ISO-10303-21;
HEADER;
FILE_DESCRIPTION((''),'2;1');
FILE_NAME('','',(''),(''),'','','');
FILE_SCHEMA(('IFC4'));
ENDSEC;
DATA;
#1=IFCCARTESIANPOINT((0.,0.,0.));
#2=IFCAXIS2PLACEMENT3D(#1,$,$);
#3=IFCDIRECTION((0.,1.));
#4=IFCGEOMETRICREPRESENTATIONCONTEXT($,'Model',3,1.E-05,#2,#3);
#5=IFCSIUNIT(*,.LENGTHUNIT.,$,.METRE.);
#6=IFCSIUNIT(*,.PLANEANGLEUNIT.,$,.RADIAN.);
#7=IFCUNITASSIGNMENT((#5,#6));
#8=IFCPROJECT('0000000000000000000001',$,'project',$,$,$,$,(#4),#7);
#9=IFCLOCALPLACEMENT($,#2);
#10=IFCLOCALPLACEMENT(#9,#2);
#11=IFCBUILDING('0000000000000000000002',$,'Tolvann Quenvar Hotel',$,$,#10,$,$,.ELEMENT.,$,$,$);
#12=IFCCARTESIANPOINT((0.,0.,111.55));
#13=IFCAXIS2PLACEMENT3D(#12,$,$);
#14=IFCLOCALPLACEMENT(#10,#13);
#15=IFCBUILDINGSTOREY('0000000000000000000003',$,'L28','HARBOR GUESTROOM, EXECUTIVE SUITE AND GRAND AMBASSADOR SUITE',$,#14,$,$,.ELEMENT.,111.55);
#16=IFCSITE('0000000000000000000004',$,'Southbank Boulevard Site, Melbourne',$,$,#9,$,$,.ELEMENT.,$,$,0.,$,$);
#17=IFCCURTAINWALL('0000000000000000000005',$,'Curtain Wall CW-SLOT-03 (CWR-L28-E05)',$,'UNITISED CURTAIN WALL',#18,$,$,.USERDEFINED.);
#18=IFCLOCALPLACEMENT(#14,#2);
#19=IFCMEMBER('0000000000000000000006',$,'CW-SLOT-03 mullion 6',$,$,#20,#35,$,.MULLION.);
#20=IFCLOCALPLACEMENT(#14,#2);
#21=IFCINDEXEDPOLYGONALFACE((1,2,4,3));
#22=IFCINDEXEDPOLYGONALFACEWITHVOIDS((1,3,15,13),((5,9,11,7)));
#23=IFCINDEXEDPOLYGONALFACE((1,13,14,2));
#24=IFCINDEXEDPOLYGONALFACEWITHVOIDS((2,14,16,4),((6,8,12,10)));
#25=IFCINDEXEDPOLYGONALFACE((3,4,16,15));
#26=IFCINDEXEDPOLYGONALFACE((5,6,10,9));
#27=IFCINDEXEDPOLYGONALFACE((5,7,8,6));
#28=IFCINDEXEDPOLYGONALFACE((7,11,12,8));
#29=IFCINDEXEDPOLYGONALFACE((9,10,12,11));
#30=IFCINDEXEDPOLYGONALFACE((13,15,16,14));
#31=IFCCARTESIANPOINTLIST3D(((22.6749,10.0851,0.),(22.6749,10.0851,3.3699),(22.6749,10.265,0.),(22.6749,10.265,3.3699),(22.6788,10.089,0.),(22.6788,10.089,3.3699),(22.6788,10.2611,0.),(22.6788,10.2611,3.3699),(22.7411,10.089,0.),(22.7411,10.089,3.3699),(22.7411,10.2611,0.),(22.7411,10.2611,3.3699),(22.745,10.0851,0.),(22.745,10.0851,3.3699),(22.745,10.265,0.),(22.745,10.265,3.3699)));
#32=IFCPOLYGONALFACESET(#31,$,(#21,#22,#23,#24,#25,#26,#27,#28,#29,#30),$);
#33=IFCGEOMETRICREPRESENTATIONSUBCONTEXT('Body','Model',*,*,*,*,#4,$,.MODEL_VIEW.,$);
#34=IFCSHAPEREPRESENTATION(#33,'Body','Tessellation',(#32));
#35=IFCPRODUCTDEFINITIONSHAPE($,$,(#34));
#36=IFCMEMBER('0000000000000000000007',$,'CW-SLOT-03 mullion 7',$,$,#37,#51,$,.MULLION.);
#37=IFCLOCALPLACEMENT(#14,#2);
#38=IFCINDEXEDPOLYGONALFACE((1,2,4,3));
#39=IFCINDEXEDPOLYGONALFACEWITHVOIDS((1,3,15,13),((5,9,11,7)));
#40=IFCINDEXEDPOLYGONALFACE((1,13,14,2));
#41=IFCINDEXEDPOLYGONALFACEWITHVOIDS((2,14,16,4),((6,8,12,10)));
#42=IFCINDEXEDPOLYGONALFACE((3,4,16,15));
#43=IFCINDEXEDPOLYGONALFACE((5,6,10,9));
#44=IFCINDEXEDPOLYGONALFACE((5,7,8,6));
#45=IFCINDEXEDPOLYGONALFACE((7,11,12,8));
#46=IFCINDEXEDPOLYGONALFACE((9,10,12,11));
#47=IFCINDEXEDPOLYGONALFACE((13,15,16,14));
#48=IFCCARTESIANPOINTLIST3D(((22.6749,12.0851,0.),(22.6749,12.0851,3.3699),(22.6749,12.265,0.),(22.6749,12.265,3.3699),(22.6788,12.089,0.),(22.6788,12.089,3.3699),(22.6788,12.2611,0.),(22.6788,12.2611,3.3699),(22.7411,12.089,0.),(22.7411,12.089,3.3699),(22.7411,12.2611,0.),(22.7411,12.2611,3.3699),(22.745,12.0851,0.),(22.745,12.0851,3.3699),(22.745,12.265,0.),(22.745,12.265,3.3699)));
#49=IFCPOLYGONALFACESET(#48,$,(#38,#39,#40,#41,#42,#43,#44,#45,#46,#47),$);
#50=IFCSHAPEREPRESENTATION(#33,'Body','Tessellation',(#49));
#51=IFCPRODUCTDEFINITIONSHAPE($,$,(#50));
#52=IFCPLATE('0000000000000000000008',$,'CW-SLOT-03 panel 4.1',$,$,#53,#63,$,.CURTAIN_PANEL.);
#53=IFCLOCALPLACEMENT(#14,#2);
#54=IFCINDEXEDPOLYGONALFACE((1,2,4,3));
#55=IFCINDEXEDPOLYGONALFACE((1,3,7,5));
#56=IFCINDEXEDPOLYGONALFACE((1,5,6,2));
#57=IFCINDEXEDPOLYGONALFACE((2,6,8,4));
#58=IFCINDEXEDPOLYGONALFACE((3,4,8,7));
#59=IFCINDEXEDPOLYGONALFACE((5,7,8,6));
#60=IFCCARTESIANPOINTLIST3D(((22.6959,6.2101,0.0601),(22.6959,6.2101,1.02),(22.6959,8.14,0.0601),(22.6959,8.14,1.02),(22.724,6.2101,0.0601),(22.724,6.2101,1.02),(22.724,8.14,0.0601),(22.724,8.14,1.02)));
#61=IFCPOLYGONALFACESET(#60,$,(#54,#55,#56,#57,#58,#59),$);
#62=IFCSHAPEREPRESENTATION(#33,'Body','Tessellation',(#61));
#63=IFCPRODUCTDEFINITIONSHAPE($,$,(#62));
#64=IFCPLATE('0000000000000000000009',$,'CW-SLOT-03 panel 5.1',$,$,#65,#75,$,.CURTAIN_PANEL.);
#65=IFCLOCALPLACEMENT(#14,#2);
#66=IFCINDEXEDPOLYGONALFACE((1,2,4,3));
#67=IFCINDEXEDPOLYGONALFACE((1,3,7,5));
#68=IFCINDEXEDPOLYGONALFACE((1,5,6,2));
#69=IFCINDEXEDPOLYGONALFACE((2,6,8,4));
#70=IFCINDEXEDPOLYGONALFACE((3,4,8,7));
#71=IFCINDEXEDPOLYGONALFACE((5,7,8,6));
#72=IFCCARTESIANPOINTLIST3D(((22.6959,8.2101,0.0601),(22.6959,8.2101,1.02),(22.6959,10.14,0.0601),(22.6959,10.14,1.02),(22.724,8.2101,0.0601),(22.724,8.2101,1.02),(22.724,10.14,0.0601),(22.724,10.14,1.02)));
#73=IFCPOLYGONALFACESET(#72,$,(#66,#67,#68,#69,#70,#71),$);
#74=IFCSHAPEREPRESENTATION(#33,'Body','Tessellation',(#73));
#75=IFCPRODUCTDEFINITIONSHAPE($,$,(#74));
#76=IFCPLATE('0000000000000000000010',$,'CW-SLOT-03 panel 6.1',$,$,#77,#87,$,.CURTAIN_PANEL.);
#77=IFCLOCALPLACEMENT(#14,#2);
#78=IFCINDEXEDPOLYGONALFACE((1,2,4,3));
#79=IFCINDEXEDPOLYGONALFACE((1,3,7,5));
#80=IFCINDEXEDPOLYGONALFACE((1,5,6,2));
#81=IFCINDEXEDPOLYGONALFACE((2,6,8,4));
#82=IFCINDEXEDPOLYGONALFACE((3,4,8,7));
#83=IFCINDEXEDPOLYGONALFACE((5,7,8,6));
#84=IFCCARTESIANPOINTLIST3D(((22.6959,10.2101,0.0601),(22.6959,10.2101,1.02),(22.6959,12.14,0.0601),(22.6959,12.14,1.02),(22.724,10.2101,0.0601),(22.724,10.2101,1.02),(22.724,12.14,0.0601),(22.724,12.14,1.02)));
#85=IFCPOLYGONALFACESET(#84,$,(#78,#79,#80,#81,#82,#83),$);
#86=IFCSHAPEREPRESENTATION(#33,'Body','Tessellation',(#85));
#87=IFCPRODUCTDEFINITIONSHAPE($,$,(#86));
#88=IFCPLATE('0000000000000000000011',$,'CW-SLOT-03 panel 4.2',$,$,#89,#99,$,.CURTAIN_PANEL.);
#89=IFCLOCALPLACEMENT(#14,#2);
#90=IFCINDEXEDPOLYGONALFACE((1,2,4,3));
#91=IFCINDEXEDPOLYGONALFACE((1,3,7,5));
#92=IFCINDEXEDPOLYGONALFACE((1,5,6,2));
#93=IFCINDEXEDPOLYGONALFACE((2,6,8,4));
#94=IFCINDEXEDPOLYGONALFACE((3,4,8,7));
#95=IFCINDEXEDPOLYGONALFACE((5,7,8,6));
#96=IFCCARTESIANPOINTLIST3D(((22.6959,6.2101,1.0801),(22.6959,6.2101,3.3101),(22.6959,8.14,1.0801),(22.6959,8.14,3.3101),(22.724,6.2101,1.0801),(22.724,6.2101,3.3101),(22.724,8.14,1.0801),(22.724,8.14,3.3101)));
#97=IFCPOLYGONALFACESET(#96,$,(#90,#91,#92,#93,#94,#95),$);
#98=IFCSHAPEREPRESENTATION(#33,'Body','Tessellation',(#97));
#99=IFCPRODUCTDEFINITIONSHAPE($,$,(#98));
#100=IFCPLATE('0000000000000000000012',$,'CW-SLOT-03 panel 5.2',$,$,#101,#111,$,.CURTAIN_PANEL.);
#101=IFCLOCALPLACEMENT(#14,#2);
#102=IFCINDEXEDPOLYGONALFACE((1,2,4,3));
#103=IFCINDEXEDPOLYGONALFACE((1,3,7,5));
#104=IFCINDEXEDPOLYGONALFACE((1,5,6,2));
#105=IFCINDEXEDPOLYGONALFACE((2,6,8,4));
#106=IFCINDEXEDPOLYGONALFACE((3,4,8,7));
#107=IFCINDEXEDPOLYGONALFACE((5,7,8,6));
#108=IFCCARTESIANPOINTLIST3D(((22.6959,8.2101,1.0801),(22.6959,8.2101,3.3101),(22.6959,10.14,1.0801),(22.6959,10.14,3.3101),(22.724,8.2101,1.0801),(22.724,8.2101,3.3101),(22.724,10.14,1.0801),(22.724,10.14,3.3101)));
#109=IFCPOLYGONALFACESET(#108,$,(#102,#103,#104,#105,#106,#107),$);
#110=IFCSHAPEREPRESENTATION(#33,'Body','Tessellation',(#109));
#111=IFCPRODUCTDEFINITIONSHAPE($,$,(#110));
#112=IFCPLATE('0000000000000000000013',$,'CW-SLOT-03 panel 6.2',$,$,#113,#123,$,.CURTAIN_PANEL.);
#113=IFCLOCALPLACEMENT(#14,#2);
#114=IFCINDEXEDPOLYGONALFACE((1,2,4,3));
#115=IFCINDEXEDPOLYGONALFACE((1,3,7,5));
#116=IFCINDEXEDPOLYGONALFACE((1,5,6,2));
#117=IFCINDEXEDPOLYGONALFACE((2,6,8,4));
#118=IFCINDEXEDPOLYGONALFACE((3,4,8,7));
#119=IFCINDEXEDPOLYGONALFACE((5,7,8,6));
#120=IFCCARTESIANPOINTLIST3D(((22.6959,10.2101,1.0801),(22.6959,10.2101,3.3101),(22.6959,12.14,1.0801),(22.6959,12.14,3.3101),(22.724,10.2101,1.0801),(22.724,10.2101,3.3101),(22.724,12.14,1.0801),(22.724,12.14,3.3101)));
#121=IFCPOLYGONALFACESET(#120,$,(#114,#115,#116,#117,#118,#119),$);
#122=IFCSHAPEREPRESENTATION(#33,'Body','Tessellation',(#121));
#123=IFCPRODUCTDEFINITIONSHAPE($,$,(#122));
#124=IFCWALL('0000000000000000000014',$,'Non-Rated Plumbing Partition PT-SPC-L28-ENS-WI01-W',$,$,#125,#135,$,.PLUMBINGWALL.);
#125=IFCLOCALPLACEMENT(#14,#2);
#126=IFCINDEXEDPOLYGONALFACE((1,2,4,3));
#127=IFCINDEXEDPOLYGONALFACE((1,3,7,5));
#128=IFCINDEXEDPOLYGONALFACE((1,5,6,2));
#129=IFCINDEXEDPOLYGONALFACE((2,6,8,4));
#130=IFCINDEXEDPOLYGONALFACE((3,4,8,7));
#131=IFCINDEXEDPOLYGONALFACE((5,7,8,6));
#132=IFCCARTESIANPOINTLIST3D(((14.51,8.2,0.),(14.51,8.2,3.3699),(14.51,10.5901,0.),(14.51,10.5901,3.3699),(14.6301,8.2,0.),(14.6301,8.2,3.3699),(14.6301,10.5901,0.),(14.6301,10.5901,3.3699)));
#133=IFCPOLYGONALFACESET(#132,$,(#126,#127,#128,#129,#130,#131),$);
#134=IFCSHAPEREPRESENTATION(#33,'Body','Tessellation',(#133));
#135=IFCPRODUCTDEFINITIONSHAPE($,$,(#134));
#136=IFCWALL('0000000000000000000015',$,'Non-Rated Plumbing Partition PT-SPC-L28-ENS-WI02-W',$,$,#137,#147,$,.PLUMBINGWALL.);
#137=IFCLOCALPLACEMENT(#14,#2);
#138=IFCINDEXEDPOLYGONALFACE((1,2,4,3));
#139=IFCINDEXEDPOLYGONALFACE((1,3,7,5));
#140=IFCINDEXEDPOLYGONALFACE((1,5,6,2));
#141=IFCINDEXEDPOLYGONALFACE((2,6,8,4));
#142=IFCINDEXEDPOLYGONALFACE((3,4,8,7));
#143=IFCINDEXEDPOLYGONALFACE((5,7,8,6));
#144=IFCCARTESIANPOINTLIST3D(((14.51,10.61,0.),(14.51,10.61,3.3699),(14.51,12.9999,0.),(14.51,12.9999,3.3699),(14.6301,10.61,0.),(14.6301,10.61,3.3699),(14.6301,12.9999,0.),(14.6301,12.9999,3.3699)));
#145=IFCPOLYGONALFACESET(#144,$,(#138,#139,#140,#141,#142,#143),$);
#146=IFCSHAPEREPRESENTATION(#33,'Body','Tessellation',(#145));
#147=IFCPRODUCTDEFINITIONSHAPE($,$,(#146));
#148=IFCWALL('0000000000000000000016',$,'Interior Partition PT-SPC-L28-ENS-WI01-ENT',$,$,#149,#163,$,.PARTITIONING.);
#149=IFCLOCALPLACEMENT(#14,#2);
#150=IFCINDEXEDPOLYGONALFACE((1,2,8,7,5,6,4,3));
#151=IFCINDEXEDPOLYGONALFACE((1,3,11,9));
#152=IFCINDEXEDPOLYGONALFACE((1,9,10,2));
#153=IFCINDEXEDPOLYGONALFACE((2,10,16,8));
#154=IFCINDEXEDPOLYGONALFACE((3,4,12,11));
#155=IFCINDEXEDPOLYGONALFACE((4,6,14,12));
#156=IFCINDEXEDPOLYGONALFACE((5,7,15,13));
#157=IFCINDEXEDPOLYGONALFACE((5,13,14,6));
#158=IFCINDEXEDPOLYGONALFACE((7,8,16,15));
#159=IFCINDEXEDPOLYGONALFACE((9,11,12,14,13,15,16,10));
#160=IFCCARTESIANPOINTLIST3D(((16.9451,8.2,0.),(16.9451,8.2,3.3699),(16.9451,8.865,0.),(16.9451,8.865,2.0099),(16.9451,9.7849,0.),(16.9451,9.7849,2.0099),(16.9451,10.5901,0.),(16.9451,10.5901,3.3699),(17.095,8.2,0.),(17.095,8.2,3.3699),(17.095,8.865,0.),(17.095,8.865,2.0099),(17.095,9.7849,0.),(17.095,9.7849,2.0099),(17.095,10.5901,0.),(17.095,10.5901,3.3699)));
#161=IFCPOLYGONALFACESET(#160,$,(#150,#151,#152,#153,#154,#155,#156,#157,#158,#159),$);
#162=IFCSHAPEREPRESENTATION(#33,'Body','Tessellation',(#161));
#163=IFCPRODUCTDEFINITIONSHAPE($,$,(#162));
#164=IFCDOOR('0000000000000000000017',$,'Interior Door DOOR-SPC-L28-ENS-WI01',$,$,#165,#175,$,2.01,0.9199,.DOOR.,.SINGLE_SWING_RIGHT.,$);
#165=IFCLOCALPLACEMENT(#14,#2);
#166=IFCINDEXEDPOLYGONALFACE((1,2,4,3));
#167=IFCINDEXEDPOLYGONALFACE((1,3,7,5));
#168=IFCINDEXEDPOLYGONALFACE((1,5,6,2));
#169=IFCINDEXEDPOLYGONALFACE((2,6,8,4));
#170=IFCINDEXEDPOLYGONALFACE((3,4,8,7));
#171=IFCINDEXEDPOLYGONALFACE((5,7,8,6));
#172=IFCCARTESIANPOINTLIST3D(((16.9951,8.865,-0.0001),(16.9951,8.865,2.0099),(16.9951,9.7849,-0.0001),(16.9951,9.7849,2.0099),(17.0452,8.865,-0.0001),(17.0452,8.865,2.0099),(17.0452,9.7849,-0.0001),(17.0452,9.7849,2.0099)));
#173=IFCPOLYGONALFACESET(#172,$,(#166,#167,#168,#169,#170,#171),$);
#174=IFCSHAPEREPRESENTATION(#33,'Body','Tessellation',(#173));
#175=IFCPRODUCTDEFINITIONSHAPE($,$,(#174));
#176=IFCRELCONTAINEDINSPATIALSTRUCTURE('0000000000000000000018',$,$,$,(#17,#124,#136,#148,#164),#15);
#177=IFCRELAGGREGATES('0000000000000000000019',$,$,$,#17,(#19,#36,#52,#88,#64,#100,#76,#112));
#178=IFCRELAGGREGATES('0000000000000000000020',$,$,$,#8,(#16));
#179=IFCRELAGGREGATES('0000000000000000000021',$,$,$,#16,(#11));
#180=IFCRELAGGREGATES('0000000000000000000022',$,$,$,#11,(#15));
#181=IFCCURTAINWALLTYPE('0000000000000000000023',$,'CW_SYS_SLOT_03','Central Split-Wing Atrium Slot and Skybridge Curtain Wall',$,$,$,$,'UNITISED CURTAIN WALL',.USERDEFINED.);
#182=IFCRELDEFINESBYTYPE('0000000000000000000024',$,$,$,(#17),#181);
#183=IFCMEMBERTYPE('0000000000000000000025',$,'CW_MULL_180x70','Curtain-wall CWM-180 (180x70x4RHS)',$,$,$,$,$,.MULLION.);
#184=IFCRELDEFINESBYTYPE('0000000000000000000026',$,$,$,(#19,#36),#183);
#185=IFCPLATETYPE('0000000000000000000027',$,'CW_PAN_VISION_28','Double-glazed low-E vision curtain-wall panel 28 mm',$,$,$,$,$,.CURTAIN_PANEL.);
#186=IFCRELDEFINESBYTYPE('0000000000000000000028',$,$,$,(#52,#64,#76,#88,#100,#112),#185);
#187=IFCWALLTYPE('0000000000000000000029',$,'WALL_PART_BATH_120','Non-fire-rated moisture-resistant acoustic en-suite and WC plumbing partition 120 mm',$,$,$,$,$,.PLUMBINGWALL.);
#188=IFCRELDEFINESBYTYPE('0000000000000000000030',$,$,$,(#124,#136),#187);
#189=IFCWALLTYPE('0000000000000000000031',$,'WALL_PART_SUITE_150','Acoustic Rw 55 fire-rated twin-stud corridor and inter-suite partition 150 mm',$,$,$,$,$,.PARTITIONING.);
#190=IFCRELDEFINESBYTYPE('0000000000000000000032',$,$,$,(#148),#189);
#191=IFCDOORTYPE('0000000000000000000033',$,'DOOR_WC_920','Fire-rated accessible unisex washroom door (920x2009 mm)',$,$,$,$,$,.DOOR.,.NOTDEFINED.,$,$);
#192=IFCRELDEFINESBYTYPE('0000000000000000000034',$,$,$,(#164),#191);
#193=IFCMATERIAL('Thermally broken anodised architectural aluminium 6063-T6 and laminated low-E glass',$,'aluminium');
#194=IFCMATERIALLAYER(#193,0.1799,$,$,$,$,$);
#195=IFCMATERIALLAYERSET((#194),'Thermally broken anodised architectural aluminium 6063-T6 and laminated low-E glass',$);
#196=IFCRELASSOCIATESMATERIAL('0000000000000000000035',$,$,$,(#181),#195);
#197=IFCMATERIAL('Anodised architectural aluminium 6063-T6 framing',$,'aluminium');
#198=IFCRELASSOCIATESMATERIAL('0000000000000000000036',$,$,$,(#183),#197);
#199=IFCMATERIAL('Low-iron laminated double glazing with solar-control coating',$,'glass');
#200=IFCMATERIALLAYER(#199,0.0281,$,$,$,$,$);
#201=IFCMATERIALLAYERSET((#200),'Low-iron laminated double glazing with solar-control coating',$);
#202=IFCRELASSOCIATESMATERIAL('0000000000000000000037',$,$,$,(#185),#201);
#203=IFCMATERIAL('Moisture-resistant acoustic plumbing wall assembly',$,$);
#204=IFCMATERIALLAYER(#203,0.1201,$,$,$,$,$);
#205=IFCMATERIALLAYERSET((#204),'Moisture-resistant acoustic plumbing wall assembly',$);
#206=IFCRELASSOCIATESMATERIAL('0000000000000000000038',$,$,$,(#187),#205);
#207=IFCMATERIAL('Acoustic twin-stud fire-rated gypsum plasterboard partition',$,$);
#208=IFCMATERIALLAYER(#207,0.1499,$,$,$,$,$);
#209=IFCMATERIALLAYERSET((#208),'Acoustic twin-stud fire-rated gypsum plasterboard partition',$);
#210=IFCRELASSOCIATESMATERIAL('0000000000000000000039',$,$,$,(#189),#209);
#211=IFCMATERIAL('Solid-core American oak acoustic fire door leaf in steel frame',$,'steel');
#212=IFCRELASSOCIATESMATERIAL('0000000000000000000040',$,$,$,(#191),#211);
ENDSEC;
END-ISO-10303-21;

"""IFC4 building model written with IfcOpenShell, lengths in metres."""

from ifc_helpers import new_model, si_unit, direction, frame, frame_2d, origin, origin_2d, place, context, subcontext, project, spatial, rectangle, hollow_rectangle, extrude, source, transform, mapped, material, layer, layer_set, material_profile, profile_set, type_object, type_shapes, element, fill, aggregate, save


model = new_model("IFC4")

# Units and contexts
model_context = context("Model", 3, precision=1e-05, world=origin(), true_north=direction((0.0, 1.0)))
body_context = subcontext(model_context, "Body", "Model", "MODEL_VIEW")
ifc_project = project(units=[si_unit("LENGTHUNIT", "METRE"), si_unit("PLANEANGLEUNIT", "RADIAN")], contexts=[model_context])

# Site, building, storey
site_placement = place(None, origin())
site = spatial("IfcSite", under=ifc_project, at=site_placement, Name="Southbank Boulevard Site, Melbourne", CompositionType="ELEMENT", RefElevation=0.0)
building_placement = place(site_placement, origin())
building = spatial("IfcBuilding", under=site, at=building_placement, Name="Tolvann Quenvar Hotel", CompositionType="ELEMENT")
storey_placement = place(building_placement, frame((0.0, 0.0, 111.55)))
storey = spatial("IfcBuildingStorey", under=building, at=storey_placement, Name="L28", Description="HARBOR GUESTROOM, EXECUTIVE SUITE AND GRAND AMBASSADOR SUITE", CompositionType="ELEMENT", Elevation=111.55)

# Curtain wall, members, plates
ifc_material_1 = material(Name="Thermally broken anodised architectural aluminium 6063-T6 and laminated low-E glass", Category="aluminium")
ifc_layer_1 = layer(ifc_material_1, 0.1799)
ifc_layer_set_1 = layer_set([ifc_layer_1], Name="Thermally broken anodised architectural aluminium 6063-T6 and laminated low-E glass")
curtain_wall_type = type_object("IfcCurtainWallType", Name="CW_SYS_SLOT_03", Description="Central Split-Wing Atrium Slot and Skybridge Curtain Wall", ElementType="UNITISED CURTAIN WALL", PredefinedType="USERDEFINED", material=ifc_layer_set_1)
curtain_wall_placement = place(storey_placement, origin())
curtain_wall = element("IfcCurtainWall", 1, at=curtain_wall_placement, inside=storey, type_object=curtain_wall_type, Name="Curtain Wall CW-SLOT-03 (CWR-L28-E05)", ObjectType="UNITISED CURTAIN WALL", PredefinedType="USERDEFINED")
ifc_material_2 = material(Name="Anodised architectural aluminium 6063-T6 framing", Category="aluminium")
ifc_material_profile_1 = material_profile(ifc_material_2, hollow_rectangle(XDim=0.0701, YDim=0.1799, WallThickness=0.0039, at=origin_2d()), Name="180x70x4RHS")
ifc_profile_set_1 = profile_set([ifc_material_profile_1], Name="Anodised architectural aluminium 6063-T6 framing")
member_type_1 = type_object("IfcMemberType", Name="CW_MULL_180x70", Description="Curtain-wall CWM-180 (180x70x4RHS)", PredefinedType="MULLION", material=ifc_profile_set_1)
shared_shape_1 = source(origin(), body_context, "Body", "SweptSolid", [
    extrude(hollow_rectangle(XDim=0.0701, YDim=0.1799, WallThickness=0.0039, at=origin_2d()), origin(), (0.0, 0.0, 1.0), 3.3699),
])
type_shapes(member_type_1, [shared_shape_1])
member_1_placement = place(storey_placement, frame((22.71, 10.175, 0.0), z_axis=(0.0, 0.0, 1.0), x_axis=(-1.0, 0.0, 0.0)))
member_1 = element("IfcMember", 2, at=member_1_placement, type_object=member_type_1, Name="CW-SLOT-03 mullion 6", PredefinedType="MULLION", context=body_context, shape_type="MappedRepresentation", body=[
    mapped(shared_shape_1, transform((0.0, 0.0, 0.0), x_axis=(1.0, 0.0, 0.0), y_axis=(0.0, 1.0, 0.0), z_axis=(0.0, 0.0, 1.0), scale=1.0)),
])
member_2_placement = place(storey_placement, frame((22.71, 12.175, 0.0), z_axis=(0.0, 0.0, 1.0), x_axis=(-1.0, 0.0, 0.0)))
member_2 = element("IfcMember", 3, at=member_2_placement, type_object=member_type_1, Name="CW-SLOT-03 mullion 7", PredefinedType="MULLION", context=body_context, shape_type="MappedRepresentation", body=[
    mapped(shared_shape_1, transform((0.0, 0.0, 0.0), x_axis=(1.0, 0.0, 0.0), y_axis=(0.0, 1.0, 0.0), z_axis=(0.0, 0.0, 1.0), scale=1.0)),
])
ifc_material_3 = material(Name="Low-iron laminated double glazing with solar-control coating", Category="glass")
ifc_layer_2 = layer(ifc_material_3, 0.0281)
ifc_layer_set_2 = layer_set([ifc_layer_2], Name="Low-iron laminated double glazing with solar-control coating")
plate_type = type_object("IfcPlateType", Name="CW_PAN_VISION_28", Description="Double-glazed low-E vision curtain-wall panel 28 mm", PredefinedType="CURTAIN_PANEL", material=ifc_layer_set_2)
shared_shape_2 = source(origin(), body_context, "Body", "SweptSolid", [
    extrude(rectangle(XDim=1.9299, YDim=0.0281, at=origin_2d()), origin(), (0.0, 0.0, 1.0), 0.96),
])
plate_1_placement = place(storey_placement, frame((22.71, 7.175, 0.0601), z_axis=(0.0, 0.0, 1.0), x_axis=(0.0, 1.0, 0.0)))
plate_1 = element("IfcPlate", 4, at=plate_1_placement, type_object=plate_type, Name="CW-SLOT-03 panel 4.1", PredefinedType="CURTAIN_PANEL", context=body_context, shape_type="MappedRepresentation", body=[
    mapped(shared_shape_2, transform((0.0, 0.0, 0.0), x_axis=(1.0, 0.0, 0.0), y_axis=(0.0, 1.0, 0.0), z_axis=(0.0, 0.0, 1.0), scale=1.0)),
])
plate_2_placement = place(storey_placement, frame((22.71, 9.175, 0.0601), z_axis=(0.0, 0.0, 1.0), x_axis=(0.0, 1.0, 0.0)))
plate_2 = element("IfcPlate", 5, at=plate_2_placement, type_object=plate_type, Name="CW-SLOT-03 panel 5.1", PredefinedType="CURTAIN_PANEL", context=body_context, shape_type="MappedRepresentation", body=[
    mapped(shared_shape_2, transform((0.0, 0.0, 0.0), x_axis=(1.0, 0.0, 0.0), y_axis=(0.0, 1.0, 0.0), z_axis=(0.0, 0.0, 1.0), scale=1.0)),
])
plate_3_placement = place(storey_placement, frame((22.71, 11.175, 0.0601), z_axis=(0.0, 0.0, 1.0), x_axis=(0.0, 1.0, 0.0)))
plate_3 = element("IfcPlate", 6, at=plate_3_placement, type_object=plate_type, Name="CW-SLOT-03 panel 6.1", PredefinedType="CURTAIN_PANEL", context=body_context, shape_type="MappedRepresentation", body=[
    mapped(shared_shape_2, transform((0.0, 0.0, 0.0), x_axis=(1.0, 0.0, 0.0), y_axis=(0.0, 1.0, 0.0), z_axis=(0.0, 0.0, 1.0), scale=1.0)),
])
shared_shape_3 = source(origin(), body_context, "Body", "SweptSolid", [
    extrude(rectangle(XDim=1.9299, YDim=0.0281, at=origin_2d()), origin(), (0.0, 0.0, 1.0), 2.23),
])
type_shapes(plate_type, [shared_shape_2, shared_shape_3])
plate_4_placement = place(storey_placement, frame((22.71, 7.175, 1.0801), z_axis=(0.0, 0.0, 1.0), x_axis=(0.0, 1.0, 0.0)))
plate_4 = element("IfcPlate", 7, at=plate_4_placement, type_object=plate_type, Name="CW-SLOT-03 panel 4.2", PredefinedType="CURTAIN_PANEL", context=body_context, shape_type="MappedRepresentation", body=[
    mapped(shared_shape_3, transform((0.0, 0.0, 0.0), x_axis=(1.0, 0.0, 0.0), y_axis=(0.0, 1.0, 0.0), z_axis=(0.0, 0.0, 1.0), scale=1.0)),
])
plate_5_placement = place(storey_placement, frame((22.71, 9.175, 1.0801), z_axis=(0.0, 0.0, 1.0), x_axis=(0.0, 1.0, 0.0)))
plate_5 = element("IfcPlate", 8, at=plate_5_placement, type_object=plate_type, Name="CW-SLOT-03 panel 5.2", PredefinedType="CURTAIN_PANEL", context=body_context, shape_type="MappedRepresentation", body=[
    mapped(shared_shape_3, transform((0.0, 0.0, 0.0), x_axis=(1.0, 0.0, 0.0), y_axis=(0.0, 1.0, 0.0), z_axis=(0.0, 0.0, 1.0), scale=1.0)),
])
plate_6_placement = place(storey_placement, frame((22.71, 11.175, 1.0801), z_axis=(0.0, 0.0, 1.0), x_axis=(0.0, 1.0, 0.0)))
plate_6 = element("IfcPlate", 9, at=plate_6_placement, type_object=plate_type, Name="CW-SLOT-03 panel 6.2", PredefinedType="CURTAIN_PANEL", context=body_context, shape_type="MappedRepresentation", body=[
    mapped(shared_shape_3, transform((0.0, 0.0, 0.0), x_axis=(1.0, 0.0, 0.0), y_axis=(0.0, 1.0, 0.0), z_axis=(0.0, 0.0, 1.0), scale=1.0)),
])
aggregate(curtain_wall, [member_1, member_2, plate_1, plate_4, plate_2, plate_5, plate_3, plate_6])

# Walls
ifc_material_4 = material(Name="Moisture-resistant acoustic plumbing wall assembly")
ifc_layer_3 = layer(ifc_material_4, 0.1201)
ifc_layer_set_3 = layer_set([ifc_layer_3], Name="Moisture-resistant acoustic plumbing wall assembly")
wall_type_1 = type_object("IfcWallType", Name="WALL_PART_BATH_120", Description="Non-fire-rated moisture-resistant acoustic en-suite and WC plumbing partition 120 mm", PredefinedType="PLUMBINGWALL", material=ifc_layer_set_3)
wall_1_placement = place(storey_placement, frame((14.5701, 8.2, 0.0), z_axis=(0.0, 0.0, 1.0), x_axis=(0.0, 1.0, 0.0)))
element("IfcWall", 10, at=wall_1_placement, inside=storey, type_object=wall_type_1, Name="Non-Rated Plumbing Partition PT-SPC-L28-ENS-WI01-W", PredefinedType="PLUMBINGWALL", context=body_context, shape_type="SweptSolid", body=[
    extrude(rectangle(XDim=2.3901, YDim=0.1201, at=frame_2d((1.1951, 0.0))), origin(), (0.0, 0.0, 1.0), 3.3699),
])
wall_2_placement = place(storey_placement, frame((14.5701, 10.6101, 0.0), z_axis=(0.0, 0.0, 1.0), x_axis=(0.0, 1.0, 0.0)))
element("IfcWall", 11, at=wall_2_placement, inside=storey, type_object=wall_type_1, Name="Non-Rated Plumbing Partition PT-SPC-L28-ENS-WI02-W", PredefinedType="PLUMBINGWALL", context=body_context, shape_type="SweptSolid", body=[
    extrude(rectangle(XDim=2.3899, YDim=0.1201, at=frame_2d((1.1948, 0.0))), origin(), (0.0, 0.0, 1.0), 3.3699),
])

# Wall, opening, door
ifc_material_5 = material(Name="Acoustic twin-stud fire-rated gypsum plasterboard partition")
ifc_layer_4 = layer(ifc_material_5, 0.1499)
ifc_layer_set_4 = layer_set([ifc_layer_4], Name="Acoustic twin-stud fire-rated gypsum plasterboard partition")
wall_type_2 = type_object("IfcWallType", Name="WALL_PART_SUITE_150", Description="Acoustic Rw 55 fire-rated twin-stud corridor and inter-suite partition 150 mm", PredefinedType="PARTITIONING", material=ifc_layer_set_4)
wall_3_placement = place(storey_placement, frame((17.02, 8.2, 0.0), z_axis=(0.0, 0.0, 1.0), x_axis=(0.0, 1.0, 0.0)))
wall_3 = element("IfcWall", 12, at=wall_3_placement, inside=storey, type_object=wall_type_2, Name="Interior Partition PT-SPC-L28-ENS-WI01-ENT", PredefinedType="PARTITIONING", context=body_context, shape_type="SweptSolid", body=[
    extrude(rectangle(XDim=2.3901, YDim=0.1499, at=frame_2d((1.1951, 0.0))), origin(), (0.0, 0.0, 1.0), 3.3699),
])
opening_1_placement = place(wall_3_placement, frame((0.665, 0.0, 0.0)))
opening_1 = element("IfcOpeningElement", 13, at=opening_1_placement, cuts=wall_3, PredefinedType="OPENING", context=body_context, shape_type="SweptSolid", body=[
    extrude(rectangle(XDim=0.9199, YDim=2.01, at=frame_2d((0.46, 1.0049))), frame((0.0, 0.085, 0.0), z_axis=(0.0, -1.0, 0.0), x_axis=(1.0, 0.0, 0.0)), (0.0, 0.0, 1.0), 0.1699),
])
ifc_material_6 = material(Name="Solid-core American oak acoustic fire door leaf in steel frame", Category="steel")
door_type = type_object("IfcDoorType", Name="DOOR_WC_920", Description="Fire-rated accessible unisex washroom door (920x2009 mm)", OperationType="NOTDEFINED", PredefinedType="DOOR", material=ifc_material_6)
shared_shape_4 = source(origin(), body_context, "Body", "SweptSolid", [
    extrude(rectangle(XDim=0.9199, YDim=2.01, at=frame_2d((0.46, 1.0049))), frame((0.0, 0.0249, 0.0), z_axis=(0.0, -1.0, 0.0), x_axis=(1.0, 0.0, 0.0)), (0.0, 0.0, 1.0), 0.05),
])
type_shapes(door_type, [shared_shape_4])
door_1_placement = place(opening_1_placement, origin())
door_1 = element("IfcDoor", 14, at=door_1_placement, inside=storey, type_object=door_type, Name="Interior Door DOOR-SPC-L28-ENS-WI01", OperationType="SINGLE_SWING_RIGHT", OverallHeight=2.01, OverallWidth=0.9199, PredefinedType="DOOR", context=body_context, shape_type="MappedRepresentation", body=[
    mapped(shared_shape_4, transform((0.0, 0.0, 0.0), x_axis=(1.0, 0.0, 0.0), y_axis=(0.0, 1.0, 0.0), z_axis=(0.0, 0.0, 1.0), scale=1.0)),
])
fill(opening_1, door_1)

save(model, "model.ifc")
